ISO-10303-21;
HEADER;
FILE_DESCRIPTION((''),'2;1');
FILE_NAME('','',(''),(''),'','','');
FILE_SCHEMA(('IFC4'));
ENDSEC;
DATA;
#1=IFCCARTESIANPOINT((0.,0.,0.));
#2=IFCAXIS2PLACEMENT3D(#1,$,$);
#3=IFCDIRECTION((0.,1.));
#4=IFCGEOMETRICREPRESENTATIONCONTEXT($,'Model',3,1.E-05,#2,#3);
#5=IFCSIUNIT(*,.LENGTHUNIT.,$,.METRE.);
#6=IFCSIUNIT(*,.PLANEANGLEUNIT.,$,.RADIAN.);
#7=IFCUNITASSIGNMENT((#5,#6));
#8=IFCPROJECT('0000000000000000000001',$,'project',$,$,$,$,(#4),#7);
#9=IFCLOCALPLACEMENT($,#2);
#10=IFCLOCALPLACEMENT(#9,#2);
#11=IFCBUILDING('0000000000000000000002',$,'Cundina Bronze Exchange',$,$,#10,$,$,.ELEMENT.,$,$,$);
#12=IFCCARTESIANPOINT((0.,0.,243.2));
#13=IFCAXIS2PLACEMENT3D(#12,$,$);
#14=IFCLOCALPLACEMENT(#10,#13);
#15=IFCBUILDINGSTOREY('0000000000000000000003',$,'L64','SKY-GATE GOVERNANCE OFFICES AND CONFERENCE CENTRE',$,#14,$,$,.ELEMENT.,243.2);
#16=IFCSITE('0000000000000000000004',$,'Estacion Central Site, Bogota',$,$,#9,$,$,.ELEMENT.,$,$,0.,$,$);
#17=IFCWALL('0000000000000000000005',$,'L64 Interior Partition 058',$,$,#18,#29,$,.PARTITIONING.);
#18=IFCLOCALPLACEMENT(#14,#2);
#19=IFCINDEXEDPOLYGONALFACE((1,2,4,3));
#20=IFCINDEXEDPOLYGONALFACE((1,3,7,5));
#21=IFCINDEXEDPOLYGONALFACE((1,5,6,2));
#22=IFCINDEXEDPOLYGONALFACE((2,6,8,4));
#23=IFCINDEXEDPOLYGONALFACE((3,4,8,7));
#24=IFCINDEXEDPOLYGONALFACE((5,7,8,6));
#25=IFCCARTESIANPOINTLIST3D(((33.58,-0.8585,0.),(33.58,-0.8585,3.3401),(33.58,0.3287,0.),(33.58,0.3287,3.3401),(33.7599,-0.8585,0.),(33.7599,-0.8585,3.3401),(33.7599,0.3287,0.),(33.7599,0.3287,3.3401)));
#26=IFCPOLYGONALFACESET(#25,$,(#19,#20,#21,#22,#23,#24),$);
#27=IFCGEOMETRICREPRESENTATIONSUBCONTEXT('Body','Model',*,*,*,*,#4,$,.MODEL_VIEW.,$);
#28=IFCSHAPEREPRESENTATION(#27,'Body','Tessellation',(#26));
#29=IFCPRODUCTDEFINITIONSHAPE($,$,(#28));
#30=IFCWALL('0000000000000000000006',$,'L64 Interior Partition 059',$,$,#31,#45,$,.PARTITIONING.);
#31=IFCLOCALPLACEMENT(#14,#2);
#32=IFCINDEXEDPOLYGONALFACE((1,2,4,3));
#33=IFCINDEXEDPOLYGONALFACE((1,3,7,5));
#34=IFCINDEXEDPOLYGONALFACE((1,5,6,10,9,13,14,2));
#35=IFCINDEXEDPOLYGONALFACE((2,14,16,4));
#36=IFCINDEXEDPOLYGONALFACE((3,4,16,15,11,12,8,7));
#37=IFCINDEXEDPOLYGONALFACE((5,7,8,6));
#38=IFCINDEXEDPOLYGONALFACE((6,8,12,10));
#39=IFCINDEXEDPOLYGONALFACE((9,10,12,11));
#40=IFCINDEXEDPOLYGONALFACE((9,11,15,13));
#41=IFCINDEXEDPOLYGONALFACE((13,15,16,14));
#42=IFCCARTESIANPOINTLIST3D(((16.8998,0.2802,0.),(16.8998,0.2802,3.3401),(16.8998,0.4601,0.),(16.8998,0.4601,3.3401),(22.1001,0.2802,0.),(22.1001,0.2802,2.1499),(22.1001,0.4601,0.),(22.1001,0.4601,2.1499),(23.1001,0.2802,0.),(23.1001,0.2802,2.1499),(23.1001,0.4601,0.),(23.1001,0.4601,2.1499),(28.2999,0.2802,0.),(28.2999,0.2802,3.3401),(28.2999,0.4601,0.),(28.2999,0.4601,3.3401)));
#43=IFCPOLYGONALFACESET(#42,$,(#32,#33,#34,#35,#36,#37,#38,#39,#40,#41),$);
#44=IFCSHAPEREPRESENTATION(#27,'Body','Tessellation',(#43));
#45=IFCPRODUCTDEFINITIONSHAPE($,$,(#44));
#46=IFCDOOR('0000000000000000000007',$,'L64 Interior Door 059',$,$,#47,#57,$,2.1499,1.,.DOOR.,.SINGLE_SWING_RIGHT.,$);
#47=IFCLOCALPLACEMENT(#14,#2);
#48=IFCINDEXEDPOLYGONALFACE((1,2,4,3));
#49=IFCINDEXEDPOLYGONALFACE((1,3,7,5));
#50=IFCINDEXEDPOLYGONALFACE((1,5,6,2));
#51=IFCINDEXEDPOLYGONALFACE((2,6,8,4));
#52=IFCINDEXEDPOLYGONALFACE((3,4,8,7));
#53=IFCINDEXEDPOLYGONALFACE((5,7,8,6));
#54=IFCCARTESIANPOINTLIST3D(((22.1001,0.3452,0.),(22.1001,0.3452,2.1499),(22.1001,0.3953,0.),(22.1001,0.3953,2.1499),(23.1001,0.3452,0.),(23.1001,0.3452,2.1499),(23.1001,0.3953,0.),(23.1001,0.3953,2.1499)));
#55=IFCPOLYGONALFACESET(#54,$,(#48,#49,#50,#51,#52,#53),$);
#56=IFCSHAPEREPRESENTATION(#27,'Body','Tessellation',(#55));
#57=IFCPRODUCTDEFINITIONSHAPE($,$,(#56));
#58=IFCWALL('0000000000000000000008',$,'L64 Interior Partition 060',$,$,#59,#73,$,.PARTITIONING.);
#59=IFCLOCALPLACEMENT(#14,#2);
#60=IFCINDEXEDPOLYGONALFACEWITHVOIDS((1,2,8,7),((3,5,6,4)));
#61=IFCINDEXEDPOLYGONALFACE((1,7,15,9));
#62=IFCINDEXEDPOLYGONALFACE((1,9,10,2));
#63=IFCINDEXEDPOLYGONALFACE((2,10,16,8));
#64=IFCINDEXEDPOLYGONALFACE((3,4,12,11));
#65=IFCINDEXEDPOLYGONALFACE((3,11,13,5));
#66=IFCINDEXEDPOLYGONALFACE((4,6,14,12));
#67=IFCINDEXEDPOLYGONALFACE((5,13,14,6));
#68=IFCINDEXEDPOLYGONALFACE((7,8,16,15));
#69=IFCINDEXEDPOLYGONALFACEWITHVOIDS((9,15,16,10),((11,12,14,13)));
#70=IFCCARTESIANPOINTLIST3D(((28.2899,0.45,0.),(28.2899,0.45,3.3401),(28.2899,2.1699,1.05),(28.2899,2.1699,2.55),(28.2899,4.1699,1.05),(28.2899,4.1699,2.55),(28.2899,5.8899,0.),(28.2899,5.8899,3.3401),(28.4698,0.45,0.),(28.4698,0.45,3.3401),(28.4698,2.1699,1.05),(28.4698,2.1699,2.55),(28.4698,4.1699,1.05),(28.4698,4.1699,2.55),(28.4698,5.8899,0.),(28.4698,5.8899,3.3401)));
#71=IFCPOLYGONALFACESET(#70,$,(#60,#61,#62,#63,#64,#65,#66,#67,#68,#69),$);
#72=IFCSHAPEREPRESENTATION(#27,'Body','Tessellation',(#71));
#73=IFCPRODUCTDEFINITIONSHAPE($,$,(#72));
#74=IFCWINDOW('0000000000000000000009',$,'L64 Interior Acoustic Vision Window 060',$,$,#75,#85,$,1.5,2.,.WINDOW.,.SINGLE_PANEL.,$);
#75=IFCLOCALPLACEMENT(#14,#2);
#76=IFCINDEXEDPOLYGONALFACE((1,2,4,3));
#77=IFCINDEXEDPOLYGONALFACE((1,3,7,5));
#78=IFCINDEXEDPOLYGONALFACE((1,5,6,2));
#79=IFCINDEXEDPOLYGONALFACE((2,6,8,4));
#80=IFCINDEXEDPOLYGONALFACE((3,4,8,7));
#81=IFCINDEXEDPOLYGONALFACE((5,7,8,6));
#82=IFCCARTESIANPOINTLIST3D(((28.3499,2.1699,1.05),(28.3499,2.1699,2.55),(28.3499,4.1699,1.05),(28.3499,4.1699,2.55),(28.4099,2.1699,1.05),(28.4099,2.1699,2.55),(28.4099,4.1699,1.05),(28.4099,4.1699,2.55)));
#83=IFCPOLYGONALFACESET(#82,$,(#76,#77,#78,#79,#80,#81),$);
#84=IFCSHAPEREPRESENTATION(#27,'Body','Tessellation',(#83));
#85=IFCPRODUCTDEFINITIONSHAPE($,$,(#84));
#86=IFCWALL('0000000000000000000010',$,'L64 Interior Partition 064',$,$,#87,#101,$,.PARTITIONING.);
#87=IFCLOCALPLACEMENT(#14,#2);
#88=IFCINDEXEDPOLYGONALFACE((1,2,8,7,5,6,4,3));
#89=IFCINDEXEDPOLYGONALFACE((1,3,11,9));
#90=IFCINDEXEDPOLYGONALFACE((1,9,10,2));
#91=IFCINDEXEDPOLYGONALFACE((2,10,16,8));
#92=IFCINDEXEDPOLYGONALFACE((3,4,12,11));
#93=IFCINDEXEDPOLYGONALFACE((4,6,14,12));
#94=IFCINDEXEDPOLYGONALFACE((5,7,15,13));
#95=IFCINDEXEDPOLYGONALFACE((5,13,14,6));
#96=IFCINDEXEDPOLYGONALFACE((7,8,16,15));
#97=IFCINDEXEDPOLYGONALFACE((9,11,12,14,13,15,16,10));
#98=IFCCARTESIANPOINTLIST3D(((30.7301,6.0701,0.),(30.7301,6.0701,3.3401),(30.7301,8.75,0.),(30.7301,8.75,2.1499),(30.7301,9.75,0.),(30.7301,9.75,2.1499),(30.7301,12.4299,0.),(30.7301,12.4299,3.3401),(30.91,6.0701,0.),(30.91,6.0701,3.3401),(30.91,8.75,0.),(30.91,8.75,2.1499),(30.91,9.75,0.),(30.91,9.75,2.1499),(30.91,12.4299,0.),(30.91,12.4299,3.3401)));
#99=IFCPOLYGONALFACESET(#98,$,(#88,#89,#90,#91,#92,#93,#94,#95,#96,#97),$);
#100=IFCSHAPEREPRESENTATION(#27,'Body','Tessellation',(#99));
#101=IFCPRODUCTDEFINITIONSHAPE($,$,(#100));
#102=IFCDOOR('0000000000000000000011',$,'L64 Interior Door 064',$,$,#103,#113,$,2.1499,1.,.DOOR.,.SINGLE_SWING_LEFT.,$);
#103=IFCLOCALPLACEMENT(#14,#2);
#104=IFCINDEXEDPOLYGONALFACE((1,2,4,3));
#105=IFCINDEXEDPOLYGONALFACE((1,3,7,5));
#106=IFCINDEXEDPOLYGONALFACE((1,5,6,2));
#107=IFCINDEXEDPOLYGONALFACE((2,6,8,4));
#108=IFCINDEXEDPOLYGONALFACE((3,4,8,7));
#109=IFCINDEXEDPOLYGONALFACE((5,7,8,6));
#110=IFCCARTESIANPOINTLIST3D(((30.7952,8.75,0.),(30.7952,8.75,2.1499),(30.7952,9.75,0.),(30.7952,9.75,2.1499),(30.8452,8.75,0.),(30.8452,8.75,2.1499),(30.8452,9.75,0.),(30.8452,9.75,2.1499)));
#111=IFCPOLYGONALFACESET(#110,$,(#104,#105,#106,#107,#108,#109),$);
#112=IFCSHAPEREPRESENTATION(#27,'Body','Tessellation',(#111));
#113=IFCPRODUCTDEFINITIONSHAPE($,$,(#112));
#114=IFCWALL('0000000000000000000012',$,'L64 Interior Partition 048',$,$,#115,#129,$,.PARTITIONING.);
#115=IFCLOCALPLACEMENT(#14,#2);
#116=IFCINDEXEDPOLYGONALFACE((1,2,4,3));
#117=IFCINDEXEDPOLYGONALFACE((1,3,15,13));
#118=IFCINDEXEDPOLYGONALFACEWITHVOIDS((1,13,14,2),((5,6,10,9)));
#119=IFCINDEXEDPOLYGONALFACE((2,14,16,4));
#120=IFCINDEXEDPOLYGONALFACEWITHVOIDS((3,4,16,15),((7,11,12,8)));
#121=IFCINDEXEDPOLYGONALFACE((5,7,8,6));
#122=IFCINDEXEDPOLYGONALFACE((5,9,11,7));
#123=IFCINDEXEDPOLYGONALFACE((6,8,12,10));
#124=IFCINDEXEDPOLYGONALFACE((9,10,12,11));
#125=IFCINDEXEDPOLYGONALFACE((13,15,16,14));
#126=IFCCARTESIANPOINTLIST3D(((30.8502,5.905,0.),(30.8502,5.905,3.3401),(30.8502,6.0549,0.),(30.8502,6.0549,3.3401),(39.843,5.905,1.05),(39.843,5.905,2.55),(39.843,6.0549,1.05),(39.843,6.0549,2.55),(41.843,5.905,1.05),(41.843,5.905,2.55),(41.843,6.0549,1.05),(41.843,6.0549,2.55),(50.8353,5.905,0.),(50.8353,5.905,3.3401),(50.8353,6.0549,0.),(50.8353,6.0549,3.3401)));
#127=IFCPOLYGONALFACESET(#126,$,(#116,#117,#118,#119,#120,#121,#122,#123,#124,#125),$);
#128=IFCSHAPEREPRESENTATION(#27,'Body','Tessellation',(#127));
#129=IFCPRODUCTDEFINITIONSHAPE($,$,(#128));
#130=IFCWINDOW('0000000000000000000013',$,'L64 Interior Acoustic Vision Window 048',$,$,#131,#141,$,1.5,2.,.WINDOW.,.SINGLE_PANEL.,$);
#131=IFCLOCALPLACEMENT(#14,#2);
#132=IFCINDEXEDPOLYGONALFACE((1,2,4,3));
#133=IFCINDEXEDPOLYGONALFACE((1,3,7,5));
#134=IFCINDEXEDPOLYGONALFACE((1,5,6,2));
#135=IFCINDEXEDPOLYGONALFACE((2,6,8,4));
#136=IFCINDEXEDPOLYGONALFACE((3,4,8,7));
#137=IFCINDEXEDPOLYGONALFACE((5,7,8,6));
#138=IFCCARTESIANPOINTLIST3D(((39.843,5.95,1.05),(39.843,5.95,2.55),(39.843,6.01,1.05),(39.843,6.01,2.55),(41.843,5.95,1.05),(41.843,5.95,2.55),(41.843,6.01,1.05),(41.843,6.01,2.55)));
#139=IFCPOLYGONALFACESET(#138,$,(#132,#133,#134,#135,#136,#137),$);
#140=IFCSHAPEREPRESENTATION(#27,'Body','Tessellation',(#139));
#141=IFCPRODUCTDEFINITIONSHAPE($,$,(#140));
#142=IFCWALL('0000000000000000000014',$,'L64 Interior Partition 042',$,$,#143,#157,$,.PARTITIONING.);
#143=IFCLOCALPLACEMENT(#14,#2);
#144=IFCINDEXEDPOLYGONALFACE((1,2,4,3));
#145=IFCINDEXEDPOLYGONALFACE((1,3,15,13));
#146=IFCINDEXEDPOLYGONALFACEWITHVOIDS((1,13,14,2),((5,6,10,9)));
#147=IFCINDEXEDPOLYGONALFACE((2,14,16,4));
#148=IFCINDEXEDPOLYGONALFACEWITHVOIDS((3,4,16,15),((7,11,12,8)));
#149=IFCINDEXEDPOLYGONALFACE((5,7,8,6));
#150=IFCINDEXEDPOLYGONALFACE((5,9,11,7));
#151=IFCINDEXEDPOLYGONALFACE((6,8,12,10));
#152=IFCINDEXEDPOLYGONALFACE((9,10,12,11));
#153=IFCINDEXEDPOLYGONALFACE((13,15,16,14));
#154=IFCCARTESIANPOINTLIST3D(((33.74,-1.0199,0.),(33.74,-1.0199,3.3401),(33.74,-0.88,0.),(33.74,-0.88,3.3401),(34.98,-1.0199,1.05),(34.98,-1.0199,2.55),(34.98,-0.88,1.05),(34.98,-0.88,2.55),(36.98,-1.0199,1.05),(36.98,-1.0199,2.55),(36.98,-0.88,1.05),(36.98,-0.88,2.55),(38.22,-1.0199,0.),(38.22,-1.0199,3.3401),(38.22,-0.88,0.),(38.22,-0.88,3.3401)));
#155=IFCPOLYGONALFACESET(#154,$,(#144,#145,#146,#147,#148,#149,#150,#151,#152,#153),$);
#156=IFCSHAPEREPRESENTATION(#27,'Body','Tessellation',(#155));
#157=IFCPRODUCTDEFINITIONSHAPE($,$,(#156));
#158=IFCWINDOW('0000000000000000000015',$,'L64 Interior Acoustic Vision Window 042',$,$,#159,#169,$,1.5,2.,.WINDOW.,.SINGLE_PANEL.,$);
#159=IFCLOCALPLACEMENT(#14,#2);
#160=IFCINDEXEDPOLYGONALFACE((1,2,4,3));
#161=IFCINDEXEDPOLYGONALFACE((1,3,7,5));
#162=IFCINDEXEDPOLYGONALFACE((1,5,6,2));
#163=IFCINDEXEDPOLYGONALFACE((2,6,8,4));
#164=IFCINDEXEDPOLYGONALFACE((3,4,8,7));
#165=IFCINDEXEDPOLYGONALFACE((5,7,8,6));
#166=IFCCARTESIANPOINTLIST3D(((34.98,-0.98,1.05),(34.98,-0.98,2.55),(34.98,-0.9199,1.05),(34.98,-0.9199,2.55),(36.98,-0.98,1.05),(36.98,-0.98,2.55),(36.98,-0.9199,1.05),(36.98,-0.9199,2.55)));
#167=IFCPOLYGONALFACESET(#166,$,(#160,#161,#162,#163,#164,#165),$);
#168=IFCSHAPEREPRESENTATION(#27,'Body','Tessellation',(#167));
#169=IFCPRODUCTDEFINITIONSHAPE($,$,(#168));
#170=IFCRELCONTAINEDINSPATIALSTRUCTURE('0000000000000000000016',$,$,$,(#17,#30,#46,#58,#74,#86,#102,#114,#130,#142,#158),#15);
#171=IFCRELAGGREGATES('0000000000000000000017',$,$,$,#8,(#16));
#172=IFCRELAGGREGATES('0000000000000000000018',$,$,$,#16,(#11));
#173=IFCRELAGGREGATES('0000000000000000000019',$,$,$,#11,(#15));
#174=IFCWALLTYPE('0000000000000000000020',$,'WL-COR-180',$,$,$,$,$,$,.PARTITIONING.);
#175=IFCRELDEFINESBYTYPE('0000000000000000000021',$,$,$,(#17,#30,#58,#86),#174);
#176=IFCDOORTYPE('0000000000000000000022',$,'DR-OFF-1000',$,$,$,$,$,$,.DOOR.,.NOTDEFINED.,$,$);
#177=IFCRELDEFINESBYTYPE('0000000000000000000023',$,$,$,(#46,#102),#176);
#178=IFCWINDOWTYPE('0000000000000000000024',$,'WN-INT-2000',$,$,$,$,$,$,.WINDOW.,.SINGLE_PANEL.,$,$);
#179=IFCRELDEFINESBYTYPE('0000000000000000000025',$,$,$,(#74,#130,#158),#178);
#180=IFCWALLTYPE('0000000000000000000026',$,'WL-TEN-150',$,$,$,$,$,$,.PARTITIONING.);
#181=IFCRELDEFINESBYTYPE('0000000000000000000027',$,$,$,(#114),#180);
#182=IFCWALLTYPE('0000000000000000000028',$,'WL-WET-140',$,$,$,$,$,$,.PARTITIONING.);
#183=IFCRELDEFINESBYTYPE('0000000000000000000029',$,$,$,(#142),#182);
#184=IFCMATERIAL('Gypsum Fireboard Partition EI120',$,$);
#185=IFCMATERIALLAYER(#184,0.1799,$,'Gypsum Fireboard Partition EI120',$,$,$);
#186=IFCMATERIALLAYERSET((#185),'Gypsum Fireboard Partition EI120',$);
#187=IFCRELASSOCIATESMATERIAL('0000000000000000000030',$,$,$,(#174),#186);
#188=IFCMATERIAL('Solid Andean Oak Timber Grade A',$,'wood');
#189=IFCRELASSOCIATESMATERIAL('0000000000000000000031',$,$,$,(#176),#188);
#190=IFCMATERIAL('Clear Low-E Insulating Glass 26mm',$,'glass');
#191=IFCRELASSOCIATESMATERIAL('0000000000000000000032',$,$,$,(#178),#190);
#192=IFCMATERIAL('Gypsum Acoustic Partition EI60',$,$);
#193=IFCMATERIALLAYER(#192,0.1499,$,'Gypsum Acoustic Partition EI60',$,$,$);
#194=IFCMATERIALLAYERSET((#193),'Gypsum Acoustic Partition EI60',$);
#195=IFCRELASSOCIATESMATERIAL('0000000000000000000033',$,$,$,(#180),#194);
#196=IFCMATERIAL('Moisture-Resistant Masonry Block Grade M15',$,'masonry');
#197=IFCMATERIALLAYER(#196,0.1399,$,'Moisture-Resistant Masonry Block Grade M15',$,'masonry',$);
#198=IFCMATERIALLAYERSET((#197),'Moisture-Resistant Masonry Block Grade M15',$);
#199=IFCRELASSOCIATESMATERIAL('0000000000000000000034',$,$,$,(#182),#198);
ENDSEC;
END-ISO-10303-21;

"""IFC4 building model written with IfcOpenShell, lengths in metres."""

from ifc_helpers import new_model, si_unit, direction, frame, frame_2d, origin, place, context, subcontext, project, spatial, rectangle, extrude, material, layer, layer_set, type_object, element, fill, save


model = new_model("IFC4")

# Units and contexts
model_context = context("Model", 3, precision=1e-05, world=origin(), true_north=direction((0.0, 1.0)))
body_context = subcontext(model_context, "Body", "Model", "MODEL_VIEW")
ifc_project = project(units=[si_unit("LENGTHUNIT", "METRE"), si_unit("PLANEANGLEUNIT", "RADIAN")], contexts=[model_context])

# Site, building, storey
site_placement = place(None, origin())
site = spatial("IfcSite", under=ifc_project, at=site_placement, Name="Estacion Central Site, Bogota", CompositionType="ELEMENT", RefElevation=0.0)
building_placement = place(site_placement, origin())
building = spatial("IfcBuilding", under=site, at=building_placement, Name="Cundina Bronze Exchange", CompositionType="ELEMENT")
storey_placement = place(building_placement, frame((0.0, 0.0, 243.2)))
storey = spatial("IfcBuildingStorey", under=building, at=storey_placement, Name="L64", Description="SKY-GATE GOVERNANCE OFFICES AND CONFERENCE CENTRE", CompositionType="ELEMENT", Elevation=243.2)

# Shared definitions
ifc_material_1 = material(Name="Gypsum Fireboard Partition EI120")
ifc_layer_1 = layer(ifc_material_1, 0.1799, Name="Gypsum Fireboard Partition EI120")
ifc_layer_set_1 = layer_set([ifc_layer_1], Name="Gypsum Fireboard Partition EI120")
wall_type_1 = type_object("IfcWallType", Name="WL-COR-180", PredefinedType="PARTITIONING", material=ifc_layer_set_1)
ifc_material_2 = material(Name="Solid Andean Oak Timber Grade A", Category="wood")
door_type = type_object("IfcDoorType", Name="DR-OFF-1000", OperationType="NOTDEFINED", PredefinedType="DOOR", material=ifc_material_2)

# Wall
wall_1_placement = place(storey_placement, frame((33.6699, -0.8586, 0.0), z_axis=(0.0, 0.0, 1.0), x_axis=(0.0, 1.0, 0.0)))
element("IfcWall", 1, at=wall_1_placement, inside=storey, type_object=wall_type_1, Name="L64 Interior Partition 058", PredefinedType="PARTITIONING", context=body_context, shape_type="SweptSolid", body=[
    extrude(rectangle(XDim=1.1873, YDim=0.1799, at=frame_2d((0.5938, 0.0))), origin(), (0.0, 0.0, 1.0), 3.3401),
])

# Wall, opening, door
wall_2_placement = place(storey_placement, frame((28.3, 0.3701, 0.0), z_axis=(0.0, 0.0, 1.0), x_axis=(-1.0, 0.0, 0.0)))
wall_2 = element("IfcWall", 2, at=wall_2_placement, inside=storey, type_object=wall_type_1, Name="L64 Interior Partition 059", PredefinedType="PARTITIONING", context=body_context, shape_type="SweptSolid", body=[
    extrude(rectangle(XDim=11.4001, YDim=0.1799, at=frame_2d((5.7002, 0.0))), origin(), (0.0, 0.0, 1.0), 3.3401),
])
opening_1_placement = place(wall_2_placement, frame((5.2, 0.0, 0.0)))
opening_1 = element("IfcOpeningElement", 3, at=opening_1_placement, cuts=wall_2, PredefinedType="OPENING", context=body_context, shape_type="SweptSolid", body=[
    extrude(rectangle(XDim=1.0, YDim=2.1499, at=frame_2d((0.5, 1.075))), frame((0.0, 0.0999, 0.0), z_axis=(0.0, -1.0, 0.0), x_axis=(1.0, 0.0, 0.0)), (0.0, 0.0, 1.0), 0.2),
])
door_1_placement = place(opening_1_placement, origin())
door_1 = element("IfcDoor", 4, at=door_1_placement, inside=storey, type_object=door_type, Name="L64 Interior Door 059", OperationType="SINGLE_SWING_RIGHT", OverallHeight=2.1499, OverallWidth=1.0, PredefinedType="DOOR", context=body_context, shape_type="SweptSolid", body=[
    extrude(rectangle(XDim=1.0, YDim=2.1499, at=frame_2d((0.5, 1.075))), frame((0.0, 0.0249, 0.0), z_axis=(0.0, -1.0, 0.0), x_axis=(1.0, 0.0, 0.0)), (0.0, 0.0, 1.0), 0.05),
])
fill(opening_1, door_1)

# Wall, opening, window
wall_3_placement = place(storey_placement, frame((28.3799, 5.8899, 0.0), z_axis=(0.0, 0.0, 1.0), x_axis=(0.0, -1.0, 0.0)))
wall_3 = element("IfcWall", 5, at=wall_3_placement, inside=storey, type_object=wall_type_1, Name="L64 Interior Partition 060", PredefinedType="PARTITIONING", context=body_context, shape_type="SweptSolid", body=[
    extrude(rectangle(XDim=5.4399, YDim=0.1799, at=frame_2d((2.72, 0.0))), origin(), (0.0, 0.0, 1.0), 3.3401),
])
opening_2_placement = place(wall_3_placement, frame((1.72, 0.0, 1.05)))
opening_2 = element("IfcOpeningElement", 6, at=opening_2_placement, cuts=wall_3, PredefinedType="OPENING", context=body_context, shape_type="SweptSolid", body=[
    extrude(rectangle(XDim=2.0, YDim=1.5, at=frame_2d((1.0, 0.75))), frame((0.0, 0.0999, 0.0), z_axis=(0.0, -1.0, 0.0), x_axis=(1.0, 0.0, 0.0)), (0.0, 0.0, 1.0), 0.2),
])
ifc_material_3 = material(Name="Clear Low-E Insulating Glass 26mm", Category="glass")
window_type = type_object("IfcWindowType", Name="WN-INT-2000", PartitioningType="SINGLE_PANEL", PredefinedType="WINDOW", material=ifc_material_3)
window_1_placement = place(opening_2_placement, origin())
window_1 = element("IfcWindow", 7, at=window_1_placement, inside=storey, type_object=window_type, Name="L64 Interior Acoustic Vision Window 060", OverallHeight=1.5, OverallWidth=2.0, PartitioningType="SINGLE_PANEL", PredefinedType="WINDOW", context=body_context, shape_type="SweptSolid", body=[
    extrude(rectangle(XDim=2.0, YDim=1.5, at=frame_2d((1.0, 0.75))), frame((0.0, 0.03, 0.0), z_axis=(0.0, -1.0, 0.0), x_axis=(1.0, 0.0, 0.0)), (0.0, 0.0, 1.0), 0.0601),
])
fill(opening_2, window_1)

# Wall, opening, door
wall_4_placement = place(storey_placement, frame((30.8201, 6.0701, 0.0), z_axis=(0.0, 0.0, 1.0), x_axis=(0.0, 1.0, 0.0)))
wall_4 = element("IfcWall", 8, at=wall_4_placement, inside=storey, type_object=wall_type_1, Name="L64 Interior Partition 064", PredefinedType="PARTITIONING", context=body_context, shape_type="SweptSolid", body=[
    extrude(rectangle(XDim=6.3599, YDim=0.1799, at=frame_2d((3.1799, 0.0))), origin(), (0.0, 0.0, 1.0), 3.3401),
])
opening_3_placement = place(wall_4_placement, frame((2.6799, 0.0, 0.0)))
opening_3 = element("IfcOpeningElement", 9, at=opening_3_placement, cuts=wall_4, PredefinedType="OPENING", context=body_context, shape_type="SweptSolid", body=[
    extrude(rectangle(XDim=1.0, YDim=2.1499, at=frame_2d((0.5, 1.075))), frame((0.0, 0.0999, 0.0), z_axis=(0.0, -1.0, 0.0), x_axis=(1.0, 0.0, 0.0)), (0.0, 0.0, 1.0), 0.2),
])
door_2_placement = place(opening_3_placement, origin())
door_2 = element("IfcDoor", 10, at=door_2_placement, inside=storey, type_object=door_type, Name="L64 Interior Door 064", OperationType="SINGLE_SWING_LEFT", OverallHeight=2.1499, OverallWidth=1.0, PredefinedType="DOOR", context=body_context, shape_type="SweptSolid", body=[
    extrude(rectangle(XDim=1.0, YDim=2.1499, at=frame_2d((0.5, 1.075))), frame((0.0, 0.0249, 0.0), z_axis=(0.0, -1.0, 0.0), x_axis=(1.0, 0.0, 0.0)), (0.0, 0.0, 1.0), 0.05),
])
fill(opening_3, door_2)

# Walls, openings, windows
ifc_material_4 = material(Name="Gypsum Acoustic Partition EI60")
ifc_layer_2 = layer(ifc_material_4, 0.1499, Name="Gypsum Acoustic Partition EI60")
ifc_layer_set_2 = layer_set([ifc_layer_2], Name="Gypsum Acoustic Partition EI60")
wall_type_2 = type_object("IfcWallType", Name="WL-TEN-150", PredefinedType="PARTITIONING", material=ifc_layer_set_2)
wall_5_placement = place(storey_placement, frame((30.8501, 5.98, 0.0), z_axis=(0.0, 0.0, 1.0), x_axis=(1.0, 0.0, 0.0)))
wall_5 = element("IfcWall", 11, at=wall_5_placement, inside=storey, type_object=wall_type_2, Name="L64 Interior Partition 048", PredefinedType="PARTITIONING", context=body_context, shape_type="SweptSolid", body=[
    extrude(rectangle(XDim=19.9851, YDim=0.1499, at=frame_2d((9.9927, 0.0))), origin(), (0.0, 0.0, 1.0), 3.3401),
])
opening_4_placement = place(wall_5_placement, frame((8.9929, 0.0, 1.05)))
opening_4 = element("IfcOpeningElement", 12, at=opening_4_placement, cuts=wall_5, PredefinedType="OPENING", context=body_context, shape_type="SweptSolid", body=[
    extrude(rectangle(XDim=2.0, YDim=1.5, at=frame_2d((1.0, 0.75))), frame((0.0, 0.085, 0.0), z_axis=(0.0, -1.0, 0.0), x_axis=(1.0, 0.0, 0.0)), (0.0, 0.0, 1.0), 0.1699),
])
window_2_placement = place(opening_4_placement, origin())
window_2 = element("IfcWindow", 13, at=window_2_placement, inside=storey, type_object=window_type, Name="L64 Interior Acoustic Vision Window 048", OverallHeight=1.5, OverallWidth=2.0, PartitioningType="SINGLE_PANEL", PredefinedType="WINDOW", context=body_context, shape_type="SweptSolid", body=[
    extrude(rectangle(XDim=2.0, YDim=1.5, at=frame_2d((1.0, 0.75))), frame((0.0, 0.03, 0.0), z_axis=(0.0, -1.0, 0.0), x_axis=(1.0, 0.0, 0.0)), (0.0, 0.0, 1.0), 0.0601),
])
fill(opening_4, window_2)
ifc_material_5 = material(Name="Moisture-Resistant Masonry Block Grade M15", Category="masonry")
ifc_layer_3 = layer(ifc_material_5, 0.1399, Name="Moisture-Resistant Masonry Block Grade M15", Category="masonry")
ifc_layer_set_3 = layer_set([ifc_layer_3], Name="Moisture-Resistant Masonry Block Grade M15")
wall_type_3 = type_object("IfcWallType", Name="WL-WET-140", PredefinedType="PARTITIONING", material=ifc_layer_set_3)
wall_6_placement = place(storey_placement, frame((33.74, -0.95, 0.0), z_axis=(0.0, 0.0, 1.0), x_axis=(1.0, 0.0, 0.0)))
wall_6 = element("IfcWall", 14, at=wall_6_placement, inside=storey, type_object=wall_type_3, Name="L64 Interior Partition 042", PredefinedType="PARTITIONING", context=body_context, shape_type="SweptSolid", body=[
    extrude(rectangle(XDim=4.48, YDim=0.1399, at=frame_2d((2.24, 0.0))), origin(), (0.0, 0.0, 1.0), 3.3401),
])
opening_5_placement = place(wall_6_placement, frame((1.24, 0.0, 1.05)))
opening_5 = element("IfcOpeningElement", 15, at=opening_5_placement, cuts=wall_6, PredefinedType="OPENING", context=body_context, shape_type="SweptSolid", body=[
    extrude(rectangle(XDim=2.0, YDim=1.5, at=frame_2d((1.0, 0.75))), frame((0.0, 0.0798, 0.0), z_axis=(0.0, -1.0, 0.0), x_axis=(1.0, 0.0, 0.0)), (0.0, 0.0, 1.0), 0.1599),
])
window_3_placement = place(opening_5_placement, origin())
window_3 = element("IfcWindow", 16, at=window_3_placement, inside=storey, type_object=window_type, Name="L64 Interior Acoustic Vision Window 042", OverallHeight=1.5, OverallWidth=2.0, PartitioningType="SINGLE_PANEL", PredefinedType="WINDOW", context=body_context, shape_type="SweptSolid", body=[
    extrude(rectangle(XDim=2.0, YDim=1.5, at=frame_2d((1.0, 0.75))), frame((0.0, 0.03, 0.0), z_axis=(0.0, -1.0, 0.0), x_axis=(1.0, 0.0, 0.0)), (0.0, 0.0, 1.0), 0.0601),
])
fill(opening_5, window_3)

save(model, "model.ifc")
